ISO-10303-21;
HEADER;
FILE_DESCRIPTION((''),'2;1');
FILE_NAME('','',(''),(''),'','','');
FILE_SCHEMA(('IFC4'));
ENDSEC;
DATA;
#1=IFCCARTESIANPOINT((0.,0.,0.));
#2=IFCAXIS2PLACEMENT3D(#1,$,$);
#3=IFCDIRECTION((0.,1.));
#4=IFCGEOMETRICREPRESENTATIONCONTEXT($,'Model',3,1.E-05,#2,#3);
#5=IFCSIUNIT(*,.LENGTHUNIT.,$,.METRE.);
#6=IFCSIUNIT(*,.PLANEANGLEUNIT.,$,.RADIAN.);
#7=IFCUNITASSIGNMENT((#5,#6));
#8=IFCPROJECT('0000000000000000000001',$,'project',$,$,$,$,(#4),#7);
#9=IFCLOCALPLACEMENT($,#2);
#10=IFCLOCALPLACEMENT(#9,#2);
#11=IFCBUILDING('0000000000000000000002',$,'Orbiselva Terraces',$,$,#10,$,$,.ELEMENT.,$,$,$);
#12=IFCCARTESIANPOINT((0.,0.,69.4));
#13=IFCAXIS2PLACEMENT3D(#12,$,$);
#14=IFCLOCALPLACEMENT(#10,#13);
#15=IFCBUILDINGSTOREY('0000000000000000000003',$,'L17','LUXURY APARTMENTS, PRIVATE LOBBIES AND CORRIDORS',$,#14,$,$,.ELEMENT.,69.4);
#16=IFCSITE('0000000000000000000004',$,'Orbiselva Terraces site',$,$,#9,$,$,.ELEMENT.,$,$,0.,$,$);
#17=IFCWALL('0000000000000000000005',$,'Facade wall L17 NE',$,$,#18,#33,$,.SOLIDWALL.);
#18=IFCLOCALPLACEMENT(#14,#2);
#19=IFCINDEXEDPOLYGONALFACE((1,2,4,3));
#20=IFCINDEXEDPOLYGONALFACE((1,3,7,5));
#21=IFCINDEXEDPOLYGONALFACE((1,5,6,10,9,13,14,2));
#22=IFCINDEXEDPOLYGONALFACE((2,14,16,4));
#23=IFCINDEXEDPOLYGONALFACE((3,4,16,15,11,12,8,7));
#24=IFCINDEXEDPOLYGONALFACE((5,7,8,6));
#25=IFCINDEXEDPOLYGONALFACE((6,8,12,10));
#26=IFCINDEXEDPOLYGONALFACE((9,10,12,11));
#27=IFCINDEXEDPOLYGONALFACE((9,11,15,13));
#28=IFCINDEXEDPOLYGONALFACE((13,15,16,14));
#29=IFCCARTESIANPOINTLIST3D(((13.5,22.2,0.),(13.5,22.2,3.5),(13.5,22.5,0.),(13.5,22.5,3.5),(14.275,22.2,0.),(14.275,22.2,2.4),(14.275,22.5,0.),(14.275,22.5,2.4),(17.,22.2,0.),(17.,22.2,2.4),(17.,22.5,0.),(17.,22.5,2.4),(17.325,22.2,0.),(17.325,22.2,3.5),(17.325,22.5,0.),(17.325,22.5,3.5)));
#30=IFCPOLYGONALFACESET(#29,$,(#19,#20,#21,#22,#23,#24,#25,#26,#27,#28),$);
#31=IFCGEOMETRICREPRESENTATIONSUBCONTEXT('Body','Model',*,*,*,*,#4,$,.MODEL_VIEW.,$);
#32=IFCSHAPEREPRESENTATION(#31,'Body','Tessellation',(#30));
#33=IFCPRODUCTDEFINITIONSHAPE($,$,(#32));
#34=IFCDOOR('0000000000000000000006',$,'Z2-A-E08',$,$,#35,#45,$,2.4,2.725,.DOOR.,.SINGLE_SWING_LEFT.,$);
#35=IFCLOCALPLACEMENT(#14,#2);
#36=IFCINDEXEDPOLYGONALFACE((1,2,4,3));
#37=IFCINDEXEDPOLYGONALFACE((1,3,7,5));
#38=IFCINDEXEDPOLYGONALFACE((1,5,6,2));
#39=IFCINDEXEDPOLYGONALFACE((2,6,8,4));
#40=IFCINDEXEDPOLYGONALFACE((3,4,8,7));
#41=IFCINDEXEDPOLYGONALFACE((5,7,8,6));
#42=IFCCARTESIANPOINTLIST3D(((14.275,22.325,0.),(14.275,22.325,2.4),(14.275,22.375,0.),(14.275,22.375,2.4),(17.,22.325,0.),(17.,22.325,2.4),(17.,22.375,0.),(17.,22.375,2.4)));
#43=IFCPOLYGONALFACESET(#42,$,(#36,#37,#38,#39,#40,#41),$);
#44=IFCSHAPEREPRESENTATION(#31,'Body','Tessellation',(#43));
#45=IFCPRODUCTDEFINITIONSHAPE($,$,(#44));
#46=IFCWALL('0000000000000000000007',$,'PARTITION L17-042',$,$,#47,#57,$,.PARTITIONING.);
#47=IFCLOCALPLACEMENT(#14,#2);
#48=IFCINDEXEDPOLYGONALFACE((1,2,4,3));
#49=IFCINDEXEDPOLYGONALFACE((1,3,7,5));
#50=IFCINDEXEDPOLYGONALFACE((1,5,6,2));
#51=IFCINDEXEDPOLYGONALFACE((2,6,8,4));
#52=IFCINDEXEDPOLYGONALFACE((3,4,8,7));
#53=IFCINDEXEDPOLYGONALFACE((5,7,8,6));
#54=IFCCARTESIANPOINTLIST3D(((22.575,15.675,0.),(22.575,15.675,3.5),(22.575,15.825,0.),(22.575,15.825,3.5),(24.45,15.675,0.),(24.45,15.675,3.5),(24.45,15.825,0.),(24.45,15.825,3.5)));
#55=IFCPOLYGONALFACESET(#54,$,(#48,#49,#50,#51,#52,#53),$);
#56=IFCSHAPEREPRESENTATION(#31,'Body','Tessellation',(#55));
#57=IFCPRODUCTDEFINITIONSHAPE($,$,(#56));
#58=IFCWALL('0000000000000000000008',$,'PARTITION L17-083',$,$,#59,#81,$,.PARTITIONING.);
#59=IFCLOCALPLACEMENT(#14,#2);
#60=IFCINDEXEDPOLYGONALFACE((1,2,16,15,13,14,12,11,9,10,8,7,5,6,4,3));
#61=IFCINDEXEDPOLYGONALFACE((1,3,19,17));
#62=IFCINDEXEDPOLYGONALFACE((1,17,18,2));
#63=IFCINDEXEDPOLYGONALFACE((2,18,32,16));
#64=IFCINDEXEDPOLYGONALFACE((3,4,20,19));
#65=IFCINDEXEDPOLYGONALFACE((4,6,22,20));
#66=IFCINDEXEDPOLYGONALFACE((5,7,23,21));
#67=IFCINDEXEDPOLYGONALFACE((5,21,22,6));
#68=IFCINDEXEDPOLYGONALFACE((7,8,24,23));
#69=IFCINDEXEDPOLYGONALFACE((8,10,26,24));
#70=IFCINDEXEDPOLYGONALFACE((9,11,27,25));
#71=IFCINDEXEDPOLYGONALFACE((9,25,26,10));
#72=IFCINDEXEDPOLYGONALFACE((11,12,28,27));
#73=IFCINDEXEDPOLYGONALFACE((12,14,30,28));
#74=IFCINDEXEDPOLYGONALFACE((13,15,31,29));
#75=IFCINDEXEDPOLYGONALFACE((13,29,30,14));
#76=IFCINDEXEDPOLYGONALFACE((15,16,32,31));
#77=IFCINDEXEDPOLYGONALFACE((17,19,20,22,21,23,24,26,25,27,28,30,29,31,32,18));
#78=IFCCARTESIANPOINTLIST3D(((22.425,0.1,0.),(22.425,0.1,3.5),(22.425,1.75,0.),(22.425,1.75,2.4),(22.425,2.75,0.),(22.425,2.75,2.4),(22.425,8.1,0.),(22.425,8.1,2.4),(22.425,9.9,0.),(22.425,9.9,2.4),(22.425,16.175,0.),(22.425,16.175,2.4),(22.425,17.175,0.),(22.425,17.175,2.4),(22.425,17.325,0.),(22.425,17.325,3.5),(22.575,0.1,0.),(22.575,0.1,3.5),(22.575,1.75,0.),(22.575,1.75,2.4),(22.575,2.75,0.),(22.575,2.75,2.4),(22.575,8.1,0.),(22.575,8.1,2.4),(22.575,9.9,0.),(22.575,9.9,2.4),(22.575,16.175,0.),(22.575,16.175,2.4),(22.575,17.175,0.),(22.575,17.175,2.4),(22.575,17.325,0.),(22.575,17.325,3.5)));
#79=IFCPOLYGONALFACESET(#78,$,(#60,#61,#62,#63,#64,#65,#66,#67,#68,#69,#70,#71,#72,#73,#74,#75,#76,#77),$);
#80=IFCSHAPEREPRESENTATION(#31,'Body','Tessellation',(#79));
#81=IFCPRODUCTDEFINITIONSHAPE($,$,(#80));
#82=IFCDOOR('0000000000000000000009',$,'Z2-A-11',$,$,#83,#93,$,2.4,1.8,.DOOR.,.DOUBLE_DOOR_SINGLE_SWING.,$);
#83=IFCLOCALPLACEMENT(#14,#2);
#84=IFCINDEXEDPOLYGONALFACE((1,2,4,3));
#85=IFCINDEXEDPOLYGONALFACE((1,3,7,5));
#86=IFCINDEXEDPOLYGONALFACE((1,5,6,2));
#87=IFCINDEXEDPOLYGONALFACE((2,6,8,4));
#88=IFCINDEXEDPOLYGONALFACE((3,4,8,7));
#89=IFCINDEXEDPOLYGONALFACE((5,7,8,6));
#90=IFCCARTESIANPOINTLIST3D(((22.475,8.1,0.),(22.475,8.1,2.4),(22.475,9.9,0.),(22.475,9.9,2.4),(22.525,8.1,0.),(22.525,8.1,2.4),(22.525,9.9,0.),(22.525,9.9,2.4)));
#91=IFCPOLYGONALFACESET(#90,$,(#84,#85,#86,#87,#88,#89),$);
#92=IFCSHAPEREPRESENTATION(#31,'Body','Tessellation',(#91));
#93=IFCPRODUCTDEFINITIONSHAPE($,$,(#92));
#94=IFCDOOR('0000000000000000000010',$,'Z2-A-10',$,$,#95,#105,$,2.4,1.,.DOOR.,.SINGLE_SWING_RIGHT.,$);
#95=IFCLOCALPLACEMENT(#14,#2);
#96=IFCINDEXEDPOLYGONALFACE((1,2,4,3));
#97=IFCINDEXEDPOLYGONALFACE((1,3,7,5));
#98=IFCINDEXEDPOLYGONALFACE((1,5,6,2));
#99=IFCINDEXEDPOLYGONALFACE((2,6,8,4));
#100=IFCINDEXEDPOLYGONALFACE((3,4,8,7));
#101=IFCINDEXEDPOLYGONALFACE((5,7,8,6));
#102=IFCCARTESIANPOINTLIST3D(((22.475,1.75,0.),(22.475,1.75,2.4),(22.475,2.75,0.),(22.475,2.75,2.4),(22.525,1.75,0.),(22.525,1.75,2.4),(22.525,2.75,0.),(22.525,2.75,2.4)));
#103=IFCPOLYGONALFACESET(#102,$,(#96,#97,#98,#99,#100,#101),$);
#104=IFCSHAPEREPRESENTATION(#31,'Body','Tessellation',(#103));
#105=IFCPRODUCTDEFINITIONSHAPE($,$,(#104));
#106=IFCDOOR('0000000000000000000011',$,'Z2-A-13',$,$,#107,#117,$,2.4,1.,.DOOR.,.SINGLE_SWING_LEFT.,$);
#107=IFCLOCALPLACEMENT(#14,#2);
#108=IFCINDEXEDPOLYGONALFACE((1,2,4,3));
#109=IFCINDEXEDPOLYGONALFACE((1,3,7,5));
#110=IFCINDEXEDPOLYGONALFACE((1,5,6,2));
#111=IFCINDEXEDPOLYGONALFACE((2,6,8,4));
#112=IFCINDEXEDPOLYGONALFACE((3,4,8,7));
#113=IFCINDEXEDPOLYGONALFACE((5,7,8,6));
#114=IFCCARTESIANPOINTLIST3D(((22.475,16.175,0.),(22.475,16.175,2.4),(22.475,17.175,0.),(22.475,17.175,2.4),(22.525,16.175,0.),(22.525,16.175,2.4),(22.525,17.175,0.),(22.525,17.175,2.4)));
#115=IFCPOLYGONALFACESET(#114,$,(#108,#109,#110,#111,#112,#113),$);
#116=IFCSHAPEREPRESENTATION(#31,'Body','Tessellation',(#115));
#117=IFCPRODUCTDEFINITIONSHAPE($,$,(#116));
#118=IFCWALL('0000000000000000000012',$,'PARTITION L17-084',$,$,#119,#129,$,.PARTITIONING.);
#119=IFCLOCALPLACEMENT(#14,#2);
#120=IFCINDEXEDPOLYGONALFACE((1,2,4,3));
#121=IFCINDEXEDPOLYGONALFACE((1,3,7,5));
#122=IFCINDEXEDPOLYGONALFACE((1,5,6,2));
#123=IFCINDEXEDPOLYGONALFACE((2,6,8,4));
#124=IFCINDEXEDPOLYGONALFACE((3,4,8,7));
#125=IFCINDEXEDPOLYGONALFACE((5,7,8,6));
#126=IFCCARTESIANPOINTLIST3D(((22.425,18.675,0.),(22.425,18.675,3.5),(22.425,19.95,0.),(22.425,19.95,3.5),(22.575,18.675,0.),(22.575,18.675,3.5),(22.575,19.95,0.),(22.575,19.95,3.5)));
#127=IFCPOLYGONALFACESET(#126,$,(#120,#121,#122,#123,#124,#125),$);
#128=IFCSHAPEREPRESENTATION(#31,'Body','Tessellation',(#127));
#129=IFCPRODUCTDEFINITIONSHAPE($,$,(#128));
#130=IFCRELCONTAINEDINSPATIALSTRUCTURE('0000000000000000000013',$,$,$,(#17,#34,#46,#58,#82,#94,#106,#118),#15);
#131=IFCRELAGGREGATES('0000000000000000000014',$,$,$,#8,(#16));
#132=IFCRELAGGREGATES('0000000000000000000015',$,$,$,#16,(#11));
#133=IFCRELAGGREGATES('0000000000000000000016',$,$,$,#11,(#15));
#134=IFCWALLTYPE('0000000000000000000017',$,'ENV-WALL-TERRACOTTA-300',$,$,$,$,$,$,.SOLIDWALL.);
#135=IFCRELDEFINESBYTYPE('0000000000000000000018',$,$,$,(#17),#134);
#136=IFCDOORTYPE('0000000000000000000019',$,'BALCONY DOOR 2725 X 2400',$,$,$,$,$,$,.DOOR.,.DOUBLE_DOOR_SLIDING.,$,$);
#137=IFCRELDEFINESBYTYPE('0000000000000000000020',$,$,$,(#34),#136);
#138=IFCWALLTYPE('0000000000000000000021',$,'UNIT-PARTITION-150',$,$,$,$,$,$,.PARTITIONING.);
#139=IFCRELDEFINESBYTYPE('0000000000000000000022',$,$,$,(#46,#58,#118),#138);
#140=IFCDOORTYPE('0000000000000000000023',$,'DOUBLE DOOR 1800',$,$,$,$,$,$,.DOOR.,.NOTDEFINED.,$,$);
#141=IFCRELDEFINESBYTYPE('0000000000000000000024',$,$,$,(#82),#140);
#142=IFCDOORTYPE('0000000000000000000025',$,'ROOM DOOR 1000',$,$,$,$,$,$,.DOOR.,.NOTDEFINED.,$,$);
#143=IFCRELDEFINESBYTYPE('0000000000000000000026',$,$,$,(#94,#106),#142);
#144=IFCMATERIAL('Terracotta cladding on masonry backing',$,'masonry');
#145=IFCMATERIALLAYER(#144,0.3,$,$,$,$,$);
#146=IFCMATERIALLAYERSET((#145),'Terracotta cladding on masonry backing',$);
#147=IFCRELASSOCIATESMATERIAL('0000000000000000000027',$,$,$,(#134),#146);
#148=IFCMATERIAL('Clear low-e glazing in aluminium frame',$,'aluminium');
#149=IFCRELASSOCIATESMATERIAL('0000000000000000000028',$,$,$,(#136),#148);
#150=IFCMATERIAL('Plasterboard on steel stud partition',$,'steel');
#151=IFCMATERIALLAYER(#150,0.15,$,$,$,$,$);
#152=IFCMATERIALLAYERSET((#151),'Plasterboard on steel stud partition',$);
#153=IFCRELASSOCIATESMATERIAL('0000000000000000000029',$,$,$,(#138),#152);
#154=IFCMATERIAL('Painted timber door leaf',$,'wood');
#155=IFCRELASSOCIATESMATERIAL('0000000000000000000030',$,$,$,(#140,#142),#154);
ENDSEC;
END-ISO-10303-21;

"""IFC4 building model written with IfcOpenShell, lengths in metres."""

from ifc_helpers import new_model, si_unit, direction, frame, frame_2d, origin, place, context, subcontext, project, spatial, rectangle, extrude, material, layer, layer_set, type_object, element, fill, save


model = new_model("IFC4")

# Units and contexts
model_context = context("Model", 3, precision=1e-05, world=origin(), true_north=direction((0.0, 1.0)))
body_context = subcontext(model_context, "Body", "Model", "MODEL_VIEW")
ifc_project = project(units=[si_unit("LENGTHUNIT", "METRE"), si_unit("PLANEANGLEUNIT", "RADIAN")], contexts=[model_context])

# Site, building, storey
site_placement = place(None, origin())
site = spatial("IfcSite", under=ifc_project, at=site_placement, Name="Orbiselva Terraces site", CompositionType="ELEMENT", RefElevation=0.0)
building_placement = place(site_placement, origin())
building = spatial("IfcBuilding", under=site, at=building_placement, Name="Orbiselva Terraces", CompositionType="ELEMENT")
storey_placement = place(building_placement, frame((0.0, 0.0, 69.4)))
storey = spatial("IfcBuildingStorey", under=building, at=storey_placement, Name="L17", Description="LUXURY APARTMENTS, PRIVATE LOBBIES AND CORRIDORS", CompositionType="ELEMENT", Elevation=69.4)

# Shared definitions
ifc_material_1 = material(Name="Terracotta cladding on masonry backing", Category="masonry")
ifc_layer_1 = layer(ifc_material_1, 0.3)
ifc_layer_set_1 = layer_set([ifc_layer_1], Name="Terracotta cladding on masonry backing")
wall_type_1 = type_object("IfcWallType", Name="ENV-WALL-TERRACOTTA-300", PredefinedType="SOLIDWALL", material=ifc_layer_set_1)
ifc_material_2 = material(Name="Clear low-e glazing in aluminium frame", Category="aluminium")

# Wall, opening, door
wall_1_placement = place(storey_placement, frame((13.5, 22.35, 0.0), z_axis=(0.0, 0.0, 1.0), x_axis=(1.0, 0.0, 0.0)))
wall_1 = element("IfcWall", 1, at=wall_1_placement, inside=storey, type_object=wall_type_1, Name="Facade wall L17 NE", PredefinedType="SOLIDWALL", context=body_context, shape_type="SweptSolid", body=[
    extrude(rectangle(XDim=3.825, YDim=0.3, at=frame_2d((1.9125, 0.0))), origin(), (0.0, 0.0, 1.0), 3.5),
])
opening_1_placement = place(wall_1_placement, frame((0.775, 0.0, 0.0)))
opening_1 = element("IfcOpeningElement", 2, at=opening_1_placement, cuts=wall_1, PredefinedType="OPENING", context=body_context, shape_type="SweptSolid", body=[
    extrude(rectangle(XDim=2.725, YDim=2.4, at=frame_2d((1.3625, 1.2))), frame((0.0, 0.16, 0.0), z_axis=(0.0, -1.0, 0.0), x_axis=(1.0, 0.0, 0.0)), (0.0, 0.0, 1.0), 0.32),
])
door_type_1 = type_object("IfcDoorType", Name="BALCONY DOOR 2725 X 2400", OperationType="DOUBLE_DOOR_SLIDING", PredefinedType="DOOR", material=ifc_material_2)
door_1_placement = place(opening_1_placement, origin())
door_1 = element("IfcDoor", 3, at=door_1_placement, inside=storey, type_object=door_type_1, Name="Z2-A-E08", OperationType="SINGLE_SWING_LEFT", OverallHeight=2.4, OverallWidth=2.725, PredefinedType="DOOR", context=body_context, shape_type="SweptSolid", body=[
    extrude(rectangle(XDim=2.725, YDim=2.4, at=frame_2d((1.3625, 1.2))), frame((0.0, 0.025, 0.0), z_axis=(0.0, -1.0, 0.0), x_axis=(1.0, 0.0, 0.0)), (0.0, 0.0, 1.0), 0.05),
])
fill(opening_1, door_1)

# Wall
ifc_material_3 = material(Name="Plasterboard on steel stud partition", Category="steel")
ifc_layer_2 = layer(ifc_material_3, 0.15)
ifc_layer_set_2 = layer_set([ifc_layer_2], Name="Plasterboard on steel stud partition")
wall_type_2 = type_object("IfcWallType", Name="UNIT-PARTITION-150", PredefinedType="PARTITIONING", material=ifc_layer_set_2)
wall_2_placement = place(storey_placement, frame((22.575, 15.75, 0.0), z_axis=(0.0, 0.0, 1.0), x_axis=(1.0, 0.0, 0.0)))
element("IfcWall", 4, at=wall_2_placement, inside=storey, type_object=wall_type_2, Name="PARTITION L17-042", PredefinedType="PARTITIONING", context=body_context, shape_type="SweptSolid", body=[
    extrude(rectangle(XDim=1.875, YDim=0.15, at=frame_2d((0.9375, 0.0))), origin(), (0.0, 0.0, 1.0), 3.5),
])

# Wall, openings, doors
wall_3_placement = place(storey_placement, frame((22.5, 17.325, 0.0), z_axis=(0.0, 0.0, 1.0), x_axis=(0.0, -1.0, 0.0)))
wall_3 = element("IfcWall", 5, at=wall_3_placement, inside=storey, type_object=wall_type_2, Name="PARTITION L17-083", PredefinedType="PARTITIONING", context=body_context, shape_type="SweptSolid", body=[
    extrude(rectangle(XDim=17.225, YDim=0.15, at=frame_2d((8.6125, 0.0))), origin(), (0.0, 0.0, 1.0), 3.5),
])
opening_2_placement = place(wall_3_placement, frame((14.575, 0.0, 0.0)))
opening_2 = element("IfcOpeningElement", 6, at=opening_2_placement, cuts=wall_3, PredefinedType="OPENING", context=body_context, shape_type="SweptSolid", body=[
    extrude(rectangle(XDim=1.0, YDim=2.4, at=frame_2d((0.5, 1.2))), frame((0.0, 0.085, 0.0), z_axis=(0.0, -1.0, 0.0), x_axis=(1.0, 0.0, 0.0)), (0.0, 0.0, 1.0), 0.17),
])
opening_3_placement = place(wall_3_placement, frame((7.425, 0.0, 0.0)))
opening_3 = element("IfcOpeningElement", 7, at=opening_3_placement, cuts=wall_3, PredefinedType="OPENING", context=body_context, shape_type="SweptSolid", body=[
    extrude(rectangle(XDim=1.8, YDim=2.4, at=frame_2d((0.9, 1.2))), frame((0.0, 0.085, 0.0), z_axis=(0.0, -1.0, 0.0), x_axis=(1.0, 0.0, 0.0)), (0.0, 0.0, 1.0), 0.17),
])
opening_4_placement = place(wall_3_placement, frame((0.15, 0.0, 0.0)))
opening_4 = element("IfcOpeningElement", 8, at=opening_4_placement, cuts=wall_3, PredefinedType="OPENING", context=body_context, shape_type="SweptSolid", body=[
    extrude(rectangle(XDim=1.0, YDim=2.4, at=frame_2d((0.5, 1.2))), frame((0.0, 0.085, 0.0), z_axis=(0.0, -1.0, 0.0), x_axis=(1.0, 0.0, 0.0)), (0.0, 0.0, 1.0), 0.17),
])
ifc_material_4 = material(Name="Painted timber door leaf", Category="wood")
door_type_2 = type_object("IfcDoorType", Name="DOUBLE DOOR 1800", OperationType="NOTDEFINED", PredefinedType="DOOR", material=ifc_material_4)
door_2_placement = place(opening_3_placement, origin())
door_2 = element("IfcDoor", 9, at=door_2_placement, inside=storey, type_object=door_type_2, Name="Z2-A-11", OperationType="DOUBLE_DOOR_SINGLE_SWING", OverallHeight=2.4, OverallWidth=1.8, PredefinedType="DOOR", context=body_context, shape_type="SweptSolid", body=[
    extrude(rectangle(XDim=1.8, YDim=2.4, at=frame_2d((0.9, 1.2))), frame((0.0, 0.025, 0.0), z_axis=(0.0, -1.0, 0.0), x_axis=(1.0, 0.0, 0.0)), (0.0, 0.0, 1.0), 0.05),
])
fill(opening_3, door_2)
door_type_3 = type_object("IfcDoorType", Name="ROOM DOOR 1000", OperationType="NOTDEFINED", PredefinedType="DOOR", material=ifc_material_4)
door_3_placement = place(opening_2_placement, origin())
door_3 = element("IfcDoor", 10, at=door_3_placement, inside=storey, type_object=door_type_3, Name="Z2-A-10", OperationType="SINGLE_SWING_RIGHT", OverallHeight=2.4, OverallWidth=1.0, PredefinedType="DOOR", context=body_context, shape_type="SweptSolid", body=[
    extrude(rectangle(XDim=1.0, YDim=2.4, at=frame_2d((0.5, 1.2))), frame((0.0, 0.025, 0.0), z_axis=(0.0, -1.0, 0.0), x_axis=(1.0, 0.0, 0.0)), (0.0, 0.0, 1.0), 0.05),
])
fill(opening_2, door_3)
door_4_placement = place(opening_4_placement, origin())
door_4 = element("IfcDoor", 11, at=door_4_placement, inside=storey, type_object=door_type_3, Name="Z2-A-13", OperationType="SINGLE_SWING_LEFT", OverallHeight=2.4, OverallWidth=1.0, PredefinedType="DOOR", context=body_context, shape_type="SweptSolid", body=[
    extrude(rectangle(XDim=1.0, YDim=2.4, at=frame_2d((0.5, 1.2))), frame((0.0, 0.025, 0.0), z_axis=(0.0, -1.0, 0.0), x_axis=(1.0, 0.0, 0.0)), (0.0, 0.0, 1.0), 0.05),
])
fill(opening_4, door_4)

# Wall
wall_4_placement = place(storey_placement, frame((22.5, 18.675, 0.0), z_axis=(0.0, 0.0, 1.0), x_axis=(0.0, 1.0, 0.0)))
element("IfcWall", 12, at=wall_4_placement, inside=storey, type_object=wall_type_2, Name="PARTITION L17-084", PredefinedType="PARTITIONING", context=body_context, shape_type="SweptSolid", body=[
    extrude(rectangle(XDim=1.275, YDim=0.15, at=frame_2d((0.6375, 0.0))), origin(), (0.0, 0.0, 1.0), 3.5),
])

save(model, "model.ifc")
